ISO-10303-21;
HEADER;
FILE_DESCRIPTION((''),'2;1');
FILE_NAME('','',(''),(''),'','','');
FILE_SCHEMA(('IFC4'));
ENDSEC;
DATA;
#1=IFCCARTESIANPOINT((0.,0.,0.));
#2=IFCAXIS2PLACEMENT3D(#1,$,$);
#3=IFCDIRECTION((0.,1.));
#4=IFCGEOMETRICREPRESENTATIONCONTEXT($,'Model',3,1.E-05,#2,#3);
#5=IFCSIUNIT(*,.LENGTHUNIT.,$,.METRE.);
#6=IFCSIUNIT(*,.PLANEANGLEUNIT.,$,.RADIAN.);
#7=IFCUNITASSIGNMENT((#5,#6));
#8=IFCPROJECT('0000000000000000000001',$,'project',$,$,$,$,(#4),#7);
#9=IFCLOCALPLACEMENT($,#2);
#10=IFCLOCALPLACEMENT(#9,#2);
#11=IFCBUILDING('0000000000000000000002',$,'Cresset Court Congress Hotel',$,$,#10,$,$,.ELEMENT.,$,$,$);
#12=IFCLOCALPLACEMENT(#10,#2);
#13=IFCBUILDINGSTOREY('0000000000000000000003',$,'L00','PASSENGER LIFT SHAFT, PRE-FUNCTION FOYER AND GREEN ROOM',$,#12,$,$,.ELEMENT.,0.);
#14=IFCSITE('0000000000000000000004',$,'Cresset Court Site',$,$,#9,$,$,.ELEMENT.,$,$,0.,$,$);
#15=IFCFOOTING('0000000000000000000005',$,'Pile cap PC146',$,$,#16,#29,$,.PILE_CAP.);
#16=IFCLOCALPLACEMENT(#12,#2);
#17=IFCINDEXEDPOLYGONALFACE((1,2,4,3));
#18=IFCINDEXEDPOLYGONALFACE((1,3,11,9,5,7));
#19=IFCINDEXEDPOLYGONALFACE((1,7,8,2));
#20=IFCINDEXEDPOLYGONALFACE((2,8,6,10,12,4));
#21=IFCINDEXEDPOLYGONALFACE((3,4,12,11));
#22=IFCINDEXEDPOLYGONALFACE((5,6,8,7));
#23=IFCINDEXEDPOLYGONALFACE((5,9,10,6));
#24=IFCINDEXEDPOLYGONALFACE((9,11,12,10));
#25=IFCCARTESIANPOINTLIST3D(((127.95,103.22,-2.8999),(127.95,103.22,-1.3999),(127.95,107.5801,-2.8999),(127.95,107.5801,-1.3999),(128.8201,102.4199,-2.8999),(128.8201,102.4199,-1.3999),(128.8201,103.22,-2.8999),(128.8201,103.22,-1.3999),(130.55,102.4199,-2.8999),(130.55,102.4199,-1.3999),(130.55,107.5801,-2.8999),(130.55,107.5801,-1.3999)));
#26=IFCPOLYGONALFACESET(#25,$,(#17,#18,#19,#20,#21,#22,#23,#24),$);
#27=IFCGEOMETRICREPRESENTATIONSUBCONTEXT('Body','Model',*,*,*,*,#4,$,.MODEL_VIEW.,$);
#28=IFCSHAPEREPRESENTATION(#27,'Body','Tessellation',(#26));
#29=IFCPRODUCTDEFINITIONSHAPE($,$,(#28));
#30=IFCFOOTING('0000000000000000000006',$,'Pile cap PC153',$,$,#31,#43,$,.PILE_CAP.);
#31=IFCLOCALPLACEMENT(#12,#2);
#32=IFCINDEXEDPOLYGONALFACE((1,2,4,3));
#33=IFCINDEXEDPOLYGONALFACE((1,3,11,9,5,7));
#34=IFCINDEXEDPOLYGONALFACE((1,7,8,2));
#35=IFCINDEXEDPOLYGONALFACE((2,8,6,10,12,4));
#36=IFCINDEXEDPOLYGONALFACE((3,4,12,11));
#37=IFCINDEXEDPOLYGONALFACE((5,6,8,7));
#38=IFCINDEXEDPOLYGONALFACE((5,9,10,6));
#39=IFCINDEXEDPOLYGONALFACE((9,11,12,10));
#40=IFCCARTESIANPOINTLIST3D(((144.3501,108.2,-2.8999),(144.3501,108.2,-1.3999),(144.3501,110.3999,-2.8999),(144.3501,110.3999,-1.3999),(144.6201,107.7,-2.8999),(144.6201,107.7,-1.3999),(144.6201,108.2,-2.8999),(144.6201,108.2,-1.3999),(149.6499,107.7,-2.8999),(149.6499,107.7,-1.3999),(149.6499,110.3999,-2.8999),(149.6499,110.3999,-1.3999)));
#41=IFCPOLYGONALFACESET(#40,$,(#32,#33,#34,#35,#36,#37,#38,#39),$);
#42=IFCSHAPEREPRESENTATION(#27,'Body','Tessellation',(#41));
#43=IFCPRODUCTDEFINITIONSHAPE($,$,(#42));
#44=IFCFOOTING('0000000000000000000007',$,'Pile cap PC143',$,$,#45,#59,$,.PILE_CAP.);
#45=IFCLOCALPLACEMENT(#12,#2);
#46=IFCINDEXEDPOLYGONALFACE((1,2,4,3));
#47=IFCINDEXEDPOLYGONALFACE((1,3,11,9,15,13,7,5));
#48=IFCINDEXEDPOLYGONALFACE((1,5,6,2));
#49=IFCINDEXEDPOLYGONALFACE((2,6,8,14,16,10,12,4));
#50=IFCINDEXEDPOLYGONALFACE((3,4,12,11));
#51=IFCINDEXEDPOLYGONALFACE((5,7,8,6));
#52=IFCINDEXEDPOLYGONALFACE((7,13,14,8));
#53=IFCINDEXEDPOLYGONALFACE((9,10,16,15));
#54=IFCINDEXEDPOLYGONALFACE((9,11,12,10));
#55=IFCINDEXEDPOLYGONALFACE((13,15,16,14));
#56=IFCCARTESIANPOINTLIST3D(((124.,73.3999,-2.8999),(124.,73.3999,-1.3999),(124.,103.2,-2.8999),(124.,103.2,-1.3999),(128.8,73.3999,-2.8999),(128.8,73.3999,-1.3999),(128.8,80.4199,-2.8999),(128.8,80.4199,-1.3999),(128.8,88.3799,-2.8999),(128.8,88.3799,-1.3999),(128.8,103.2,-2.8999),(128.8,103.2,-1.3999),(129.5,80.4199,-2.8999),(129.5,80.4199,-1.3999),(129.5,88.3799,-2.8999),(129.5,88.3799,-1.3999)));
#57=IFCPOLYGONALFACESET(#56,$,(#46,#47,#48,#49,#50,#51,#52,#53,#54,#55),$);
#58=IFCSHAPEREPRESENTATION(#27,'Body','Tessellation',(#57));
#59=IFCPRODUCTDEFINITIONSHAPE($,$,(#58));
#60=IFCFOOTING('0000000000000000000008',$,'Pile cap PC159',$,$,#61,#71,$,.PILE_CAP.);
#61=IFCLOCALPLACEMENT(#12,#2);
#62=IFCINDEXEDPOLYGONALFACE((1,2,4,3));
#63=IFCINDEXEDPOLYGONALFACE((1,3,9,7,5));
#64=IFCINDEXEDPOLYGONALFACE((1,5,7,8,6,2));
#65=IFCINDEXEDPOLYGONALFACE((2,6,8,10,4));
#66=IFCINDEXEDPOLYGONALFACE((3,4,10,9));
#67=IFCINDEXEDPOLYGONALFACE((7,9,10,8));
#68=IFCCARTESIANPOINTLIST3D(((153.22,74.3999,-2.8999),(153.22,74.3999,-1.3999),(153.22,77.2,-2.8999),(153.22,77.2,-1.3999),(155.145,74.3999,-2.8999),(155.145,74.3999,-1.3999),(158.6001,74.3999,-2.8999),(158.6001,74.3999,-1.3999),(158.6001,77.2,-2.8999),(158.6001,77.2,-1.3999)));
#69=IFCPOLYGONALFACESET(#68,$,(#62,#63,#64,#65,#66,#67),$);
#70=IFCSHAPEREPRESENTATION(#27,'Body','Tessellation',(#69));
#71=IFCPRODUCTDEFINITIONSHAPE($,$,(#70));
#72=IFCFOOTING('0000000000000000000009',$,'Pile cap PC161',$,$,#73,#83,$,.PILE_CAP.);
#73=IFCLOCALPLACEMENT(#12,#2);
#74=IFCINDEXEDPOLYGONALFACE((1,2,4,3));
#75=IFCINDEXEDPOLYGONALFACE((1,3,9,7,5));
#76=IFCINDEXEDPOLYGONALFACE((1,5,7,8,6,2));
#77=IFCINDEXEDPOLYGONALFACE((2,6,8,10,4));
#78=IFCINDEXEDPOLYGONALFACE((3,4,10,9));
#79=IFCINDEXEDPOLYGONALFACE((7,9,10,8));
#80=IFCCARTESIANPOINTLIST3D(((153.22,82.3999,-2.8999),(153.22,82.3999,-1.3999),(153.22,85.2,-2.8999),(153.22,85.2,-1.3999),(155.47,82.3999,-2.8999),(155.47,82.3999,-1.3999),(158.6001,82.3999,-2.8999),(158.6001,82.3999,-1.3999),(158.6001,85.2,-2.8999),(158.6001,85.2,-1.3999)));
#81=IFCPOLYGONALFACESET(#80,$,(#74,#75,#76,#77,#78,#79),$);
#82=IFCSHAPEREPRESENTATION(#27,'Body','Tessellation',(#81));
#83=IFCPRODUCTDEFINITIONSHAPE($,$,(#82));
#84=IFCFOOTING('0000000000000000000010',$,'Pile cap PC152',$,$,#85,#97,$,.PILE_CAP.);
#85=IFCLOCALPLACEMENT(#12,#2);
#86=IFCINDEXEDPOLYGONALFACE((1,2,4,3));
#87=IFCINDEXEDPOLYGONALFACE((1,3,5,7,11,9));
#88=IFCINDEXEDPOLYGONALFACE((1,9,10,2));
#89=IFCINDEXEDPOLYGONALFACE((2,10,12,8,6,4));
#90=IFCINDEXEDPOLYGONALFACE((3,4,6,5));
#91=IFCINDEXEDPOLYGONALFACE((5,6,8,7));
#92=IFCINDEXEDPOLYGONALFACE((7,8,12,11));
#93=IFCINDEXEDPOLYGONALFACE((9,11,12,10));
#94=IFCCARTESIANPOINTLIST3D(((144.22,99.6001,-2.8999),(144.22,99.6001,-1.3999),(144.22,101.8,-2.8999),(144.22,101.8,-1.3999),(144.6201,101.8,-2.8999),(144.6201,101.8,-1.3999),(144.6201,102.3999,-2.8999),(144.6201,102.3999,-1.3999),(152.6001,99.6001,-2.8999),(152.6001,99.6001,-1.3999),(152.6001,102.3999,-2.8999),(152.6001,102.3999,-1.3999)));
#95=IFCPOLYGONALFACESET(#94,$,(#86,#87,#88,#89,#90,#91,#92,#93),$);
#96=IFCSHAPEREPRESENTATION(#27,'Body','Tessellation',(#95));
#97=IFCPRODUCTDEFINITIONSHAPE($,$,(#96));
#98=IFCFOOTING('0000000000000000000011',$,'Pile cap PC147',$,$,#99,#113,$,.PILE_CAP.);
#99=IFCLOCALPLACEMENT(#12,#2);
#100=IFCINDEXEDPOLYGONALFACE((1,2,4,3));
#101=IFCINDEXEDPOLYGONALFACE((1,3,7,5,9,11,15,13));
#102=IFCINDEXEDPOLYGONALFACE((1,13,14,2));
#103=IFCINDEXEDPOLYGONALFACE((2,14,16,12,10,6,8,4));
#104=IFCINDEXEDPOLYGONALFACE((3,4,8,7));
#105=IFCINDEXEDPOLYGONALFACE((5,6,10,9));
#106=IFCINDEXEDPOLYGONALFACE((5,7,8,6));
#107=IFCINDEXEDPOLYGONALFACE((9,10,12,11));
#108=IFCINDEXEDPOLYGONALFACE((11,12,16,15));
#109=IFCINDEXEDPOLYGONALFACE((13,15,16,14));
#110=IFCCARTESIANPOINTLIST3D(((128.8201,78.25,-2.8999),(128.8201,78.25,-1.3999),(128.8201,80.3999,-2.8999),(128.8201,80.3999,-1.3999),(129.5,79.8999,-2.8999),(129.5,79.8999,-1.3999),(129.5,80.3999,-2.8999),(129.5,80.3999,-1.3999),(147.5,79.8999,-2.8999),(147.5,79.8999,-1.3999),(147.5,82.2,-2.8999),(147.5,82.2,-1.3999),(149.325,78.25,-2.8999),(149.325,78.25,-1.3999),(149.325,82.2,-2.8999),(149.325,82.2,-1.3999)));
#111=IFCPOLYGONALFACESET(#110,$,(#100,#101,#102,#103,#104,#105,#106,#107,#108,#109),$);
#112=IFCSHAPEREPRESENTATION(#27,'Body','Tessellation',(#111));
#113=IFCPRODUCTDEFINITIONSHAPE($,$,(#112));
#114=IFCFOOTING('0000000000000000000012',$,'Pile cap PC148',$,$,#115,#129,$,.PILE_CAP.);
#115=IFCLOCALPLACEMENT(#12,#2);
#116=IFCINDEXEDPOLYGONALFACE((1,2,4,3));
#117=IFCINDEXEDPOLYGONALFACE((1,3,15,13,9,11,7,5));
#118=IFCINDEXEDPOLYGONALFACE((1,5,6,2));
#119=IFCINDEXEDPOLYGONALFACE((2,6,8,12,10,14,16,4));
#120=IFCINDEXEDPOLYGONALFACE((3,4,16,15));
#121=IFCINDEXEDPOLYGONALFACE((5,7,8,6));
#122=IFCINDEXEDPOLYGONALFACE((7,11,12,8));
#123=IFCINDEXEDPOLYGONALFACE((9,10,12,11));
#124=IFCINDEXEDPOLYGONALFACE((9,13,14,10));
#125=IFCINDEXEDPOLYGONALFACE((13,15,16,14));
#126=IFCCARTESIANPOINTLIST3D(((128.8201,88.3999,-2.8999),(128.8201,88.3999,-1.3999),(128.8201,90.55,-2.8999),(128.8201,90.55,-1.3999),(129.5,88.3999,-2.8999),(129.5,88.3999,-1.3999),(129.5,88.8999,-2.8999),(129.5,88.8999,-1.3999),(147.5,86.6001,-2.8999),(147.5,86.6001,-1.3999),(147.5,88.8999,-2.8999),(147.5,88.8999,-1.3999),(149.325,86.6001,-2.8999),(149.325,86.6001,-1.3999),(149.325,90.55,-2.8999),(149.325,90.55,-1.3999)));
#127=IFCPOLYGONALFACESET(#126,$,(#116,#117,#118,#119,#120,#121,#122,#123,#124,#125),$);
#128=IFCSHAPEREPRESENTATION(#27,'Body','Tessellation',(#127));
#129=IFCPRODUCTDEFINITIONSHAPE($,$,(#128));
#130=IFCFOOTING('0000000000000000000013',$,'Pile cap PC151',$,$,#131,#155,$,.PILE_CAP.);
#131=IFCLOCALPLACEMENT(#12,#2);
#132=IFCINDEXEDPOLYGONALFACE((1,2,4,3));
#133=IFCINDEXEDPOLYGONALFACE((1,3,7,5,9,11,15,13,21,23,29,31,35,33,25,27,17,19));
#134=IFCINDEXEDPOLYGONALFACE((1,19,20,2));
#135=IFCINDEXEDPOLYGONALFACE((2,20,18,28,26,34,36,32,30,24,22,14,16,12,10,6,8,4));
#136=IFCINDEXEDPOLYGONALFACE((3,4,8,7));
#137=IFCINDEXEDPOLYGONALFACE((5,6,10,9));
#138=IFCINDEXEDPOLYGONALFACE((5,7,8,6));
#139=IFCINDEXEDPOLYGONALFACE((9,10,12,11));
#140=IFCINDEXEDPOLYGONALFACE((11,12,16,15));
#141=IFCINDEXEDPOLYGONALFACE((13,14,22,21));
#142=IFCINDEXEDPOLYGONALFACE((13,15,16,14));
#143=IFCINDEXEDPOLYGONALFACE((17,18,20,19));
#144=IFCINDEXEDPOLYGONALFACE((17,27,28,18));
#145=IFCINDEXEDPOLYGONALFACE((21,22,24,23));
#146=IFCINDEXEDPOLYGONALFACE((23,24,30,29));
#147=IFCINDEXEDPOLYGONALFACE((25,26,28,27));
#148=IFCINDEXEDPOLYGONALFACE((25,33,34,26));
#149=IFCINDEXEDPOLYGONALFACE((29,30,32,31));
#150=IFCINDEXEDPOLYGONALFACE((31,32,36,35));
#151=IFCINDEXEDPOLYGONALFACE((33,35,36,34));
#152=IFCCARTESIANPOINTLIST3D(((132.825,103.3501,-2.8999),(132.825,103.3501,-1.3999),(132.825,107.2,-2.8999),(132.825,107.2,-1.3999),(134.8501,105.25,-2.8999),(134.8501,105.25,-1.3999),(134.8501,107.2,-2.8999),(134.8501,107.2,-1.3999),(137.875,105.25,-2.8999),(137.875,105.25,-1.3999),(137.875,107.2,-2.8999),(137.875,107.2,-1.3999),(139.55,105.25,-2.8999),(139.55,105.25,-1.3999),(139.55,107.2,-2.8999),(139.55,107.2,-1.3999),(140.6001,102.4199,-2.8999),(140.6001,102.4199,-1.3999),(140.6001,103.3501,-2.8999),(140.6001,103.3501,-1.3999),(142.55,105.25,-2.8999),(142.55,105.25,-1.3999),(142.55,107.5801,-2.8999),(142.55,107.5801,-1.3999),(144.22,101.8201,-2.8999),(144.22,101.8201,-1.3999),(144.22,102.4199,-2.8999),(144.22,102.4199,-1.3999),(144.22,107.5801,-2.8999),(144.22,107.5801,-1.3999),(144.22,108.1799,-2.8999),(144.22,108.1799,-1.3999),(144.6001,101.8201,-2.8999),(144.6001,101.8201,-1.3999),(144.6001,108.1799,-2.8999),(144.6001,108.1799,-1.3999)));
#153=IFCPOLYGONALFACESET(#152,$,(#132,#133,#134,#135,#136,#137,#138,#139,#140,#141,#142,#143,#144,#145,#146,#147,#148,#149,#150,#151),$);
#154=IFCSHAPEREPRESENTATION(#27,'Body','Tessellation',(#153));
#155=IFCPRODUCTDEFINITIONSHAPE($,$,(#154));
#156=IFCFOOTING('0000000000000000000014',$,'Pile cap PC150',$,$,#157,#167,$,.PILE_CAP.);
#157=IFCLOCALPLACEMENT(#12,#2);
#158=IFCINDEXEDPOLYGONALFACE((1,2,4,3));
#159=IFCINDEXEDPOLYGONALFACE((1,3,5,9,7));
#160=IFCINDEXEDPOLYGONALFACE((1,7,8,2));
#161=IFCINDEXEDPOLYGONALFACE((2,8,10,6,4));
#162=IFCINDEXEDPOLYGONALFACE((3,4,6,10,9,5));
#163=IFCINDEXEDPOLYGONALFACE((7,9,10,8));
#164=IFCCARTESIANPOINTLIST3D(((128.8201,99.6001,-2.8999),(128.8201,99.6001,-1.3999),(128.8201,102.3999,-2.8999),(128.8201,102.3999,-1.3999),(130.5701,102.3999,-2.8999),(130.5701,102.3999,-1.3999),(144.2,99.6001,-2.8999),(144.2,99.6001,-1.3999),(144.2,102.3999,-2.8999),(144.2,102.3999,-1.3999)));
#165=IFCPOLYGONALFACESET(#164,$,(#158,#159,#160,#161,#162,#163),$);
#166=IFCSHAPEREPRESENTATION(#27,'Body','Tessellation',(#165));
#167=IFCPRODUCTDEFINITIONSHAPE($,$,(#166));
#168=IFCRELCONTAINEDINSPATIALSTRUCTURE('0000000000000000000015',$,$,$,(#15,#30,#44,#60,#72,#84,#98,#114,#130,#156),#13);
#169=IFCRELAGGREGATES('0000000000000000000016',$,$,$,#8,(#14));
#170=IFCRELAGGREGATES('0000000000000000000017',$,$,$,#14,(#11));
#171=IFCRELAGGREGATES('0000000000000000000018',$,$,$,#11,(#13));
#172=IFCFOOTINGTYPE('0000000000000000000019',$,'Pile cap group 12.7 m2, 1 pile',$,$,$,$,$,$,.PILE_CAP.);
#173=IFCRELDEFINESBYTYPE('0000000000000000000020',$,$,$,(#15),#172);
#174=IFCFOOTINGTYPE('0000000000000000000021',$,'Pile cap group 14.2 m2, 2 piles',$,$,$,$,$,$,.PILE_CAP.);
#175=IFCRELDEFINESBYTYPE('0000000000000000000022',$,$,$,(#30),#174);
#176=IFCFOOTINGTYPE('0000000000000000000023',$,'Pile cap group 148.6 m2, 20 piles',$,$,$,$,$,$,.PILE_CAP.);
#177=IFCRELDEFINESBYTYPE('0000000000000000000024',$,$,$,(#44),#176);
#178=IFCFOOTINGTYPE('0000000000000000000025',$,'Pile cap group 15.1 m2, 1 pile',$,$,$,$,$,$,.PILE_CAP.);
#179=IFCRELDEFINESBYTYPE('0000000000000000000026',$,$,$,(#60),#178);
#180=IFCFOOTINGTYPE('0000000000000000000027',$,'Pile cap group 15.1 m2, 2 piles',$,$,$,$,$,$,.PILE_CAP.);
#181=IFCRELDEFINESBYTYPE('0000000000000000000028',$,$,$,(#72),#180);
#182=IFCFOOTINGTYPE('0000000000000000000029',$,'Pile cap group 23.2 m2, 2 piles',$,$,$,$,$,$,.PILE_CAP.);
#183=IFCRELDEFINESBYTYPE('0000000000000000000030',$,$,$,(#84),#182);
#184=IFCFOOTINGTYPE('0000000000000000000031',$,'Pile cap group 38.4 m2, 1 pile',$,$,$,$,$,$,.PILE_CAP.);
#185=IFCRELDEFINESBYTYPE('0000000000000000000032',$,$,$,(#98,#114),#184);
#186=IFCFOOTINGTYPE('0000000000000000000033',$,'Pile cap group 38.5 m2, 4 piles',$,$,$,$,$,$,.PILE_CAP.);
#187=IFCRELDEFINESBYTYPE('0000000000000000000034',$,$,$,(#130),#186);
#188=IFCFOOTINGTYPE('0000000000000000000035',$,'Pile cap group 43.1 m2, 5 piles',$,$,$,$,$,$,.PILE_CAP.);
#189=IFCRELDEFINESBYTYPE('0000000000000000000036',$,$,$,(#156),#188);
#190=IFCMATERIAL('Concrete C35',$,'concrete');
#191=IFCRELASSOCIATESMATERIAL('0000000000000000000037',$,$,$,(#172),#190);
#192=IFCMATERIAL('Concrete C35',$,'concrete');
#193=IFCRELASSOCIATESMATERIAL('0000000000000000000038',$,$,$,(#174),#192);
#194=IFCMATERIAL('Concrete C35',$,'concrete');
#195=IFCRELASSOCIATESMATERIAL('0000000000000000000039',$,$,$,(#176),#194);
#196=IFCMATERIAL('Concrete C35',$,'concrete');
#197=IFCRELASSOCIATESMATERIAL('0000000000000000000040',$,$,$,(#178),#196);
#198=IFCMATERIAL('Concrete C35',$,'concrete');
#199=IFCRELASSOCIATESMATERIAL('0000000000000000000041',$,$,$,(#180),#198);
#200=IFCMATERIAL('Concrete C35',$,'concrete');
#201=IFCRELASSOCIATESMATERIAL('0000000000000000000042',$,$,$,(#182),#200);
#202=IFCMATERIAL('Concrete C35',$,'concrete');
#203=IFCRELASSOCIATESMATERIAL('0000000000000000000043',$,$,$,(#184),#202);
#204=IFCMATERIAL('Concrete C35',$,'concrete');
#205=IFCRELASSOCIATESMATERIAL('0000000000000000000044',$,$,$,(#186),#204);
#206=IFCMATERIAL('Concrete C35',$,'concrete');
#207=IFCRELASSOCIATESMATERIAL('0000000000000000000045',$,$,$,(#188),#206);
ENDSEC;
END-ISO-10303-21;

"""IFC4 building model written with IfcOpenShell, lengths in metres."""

from ifc_helpers import new_model, si_unit, direction, frame, origin, place, context, subcontext, project, spatial, polyline, outline, extrude, material, type_object, element, save


model = new_model("IFC4")

# Units and contexts
model_context = context("Model", 3, precision=1e-05, world=origin(), true_north=direction((0.0, 1.0)))
body_context = subcontext(model_context, "Body", "Model", "MODEL_VIEW")
ifc_project = project(units=[si_unit("LENGTHUNIT", "METRE"), si_unit("PLANEANGLEUNIT", "RADIAN")], contexts=[model_context])

# Site, building, storey
site_placement = place(None, origin())
site = spatial("IfcSite", under=ifc_project, at=site_placement, Name="Cresset Court Site", CompositionType="ELEMENT", RefElevation=0.0)
building_placement = place(site_placement, origin())
building = spatial("IfcBuilding", under=site, at=building_placement, Name="Cresset Court Congress Hotel", CompositionType="ELEMENT")
storey_placement = place(building_placement, origin())
storey = spatial("IfcBuildingStorey", under=building, at=storey_placement, Name="L00", Description="PASSENGER LIFT SHAFT, PRE-FUNCTION FOYER AND GREEN ROOM", CompositionType="ELEMENT", Elevation=0.0)

# Footings
ifc_material_1 = material(Name="Concrete C35", Category="concrete")
footing_type_1 = type_object("IfcFootingType", Name="Pile cap group 12.7 m2, 1 pile", PredefinedType="PILE_CAP", material=ifc_material_1)
footing_1_placement = place(storey_placement, frame((0.0, 0.0, -2.8999)))
element("IfcFooting", 1, at=footing_1_placement, inside=storey, type_object=footing_type_1, Name="Pile cap PC146", PredefinedType="PILE_CAP", context=body_context, shape_type="SweptSolid", body=[
    extrude(outline(polyline([(127.95, 103.22), (127.95, 107.5801), (130.55, 107.5801), (130.55, 102.4199), (128.8201, 102.4199), (128.8201, 103.22), (127.95, 103.22)])), origin(), (0.0, 0.0, 1.0), 1.5),
])
ifc_material_2 = material(Name="Concrete C35", Category="concrete")
footing_type_2 = type_object("IfcFootingType", Name="Pile cap group 14.2 m2, 2 piles", PredefinedType="PILE_CAP", material=ifc_material_2)
footing_2_placement = place(storey_placement, frame((0.0, 0.0, -2.8999)))
element("IfcFooting", 2, at=footing_2_placement, inside=storey, type_object=footing_type_2, Name="Pile cap PC153", PredefinedType="PILE_CAP", context=body_context, shape_type="SweptSolid", body=[
    extrude(outline(polyline([(149.6499, 107.7), (144.6201, 107.7), (144.6201, 108.2), (144.3501, 108.2), (144.3501, 110.3999), (149.6499, 110.3999), (149.6499, 107.7)])), origin(), (0.0, 0.0, 1.0), 1.5),
])
ifc_material_3 = material(Name="Concrete C35", Category="concrete")
footing_type_3 = type_object("IfcFootingType", Name="Pile cap group 148.6 m2, 20 piles", PredefinedType="PILE_CAP", material=ifc_material_3)
footing_3_placement = place(storey_placement, frame((0.0, 0.0, -2.8999)))
element("IfcFooting", 3, at=footing_3_placement, inside=storey, type_object=footing_type_3, Name="Pile cap PC143", PredefinedType="PILE_CAP", context=body_context, shape_type="SweptSolid", body=[
    extrude(outline(polyline([(129.5, 80.4199), (128.8, 80.4199), (128.8, 73.3999), (124.0, 73.3999), (124.0, 103.2), (128.8, 103.2), (128.8, 88.3799), (129.5, 88.3799), (129.5, 80.4199)])), origin(), (0.0, 0.0, 1.0), 1.5),
])
ifc_material_4 = material(Name="Concrete C35", Category="concrete")
footing_type_4 = type_object("IfcFootingType", Name="Pile cap group 15.1 m2, 1 pile", PredefinedType="PILE_CAP", material=ifc_material_4)
footing_4_placement = place(storey_placement, frame((0.0, 0.0, -2.8999)))
element("IfcFooting", 4, at=footing_4_placement, inside=storey, type_object=footing_type_4, Name="Pile cap PC159", PredefinedType="PILE_CAP", context=body_context, shape_type="SweptSolid", body=[
    extrude(outline(polyline([(153.22, 77.2), (158.6001, 77.2), (158.6001, 74.3999), (155.145, 74.3999), (153.22, 74.3999), (153.22, 77.2)])), origin(), (0.0, 0.0, 1.0), 1.5),
])
ifc_material_5 = material(Name="Concrete C35", Category="concrete")
footing_type_5 = type_object("IfcFootingType", Name="Pile cap group 15.1 m2, 2 piles", PredefinedType="PILE_CAP", material=ifc_material_5)
footing_5_placement = place(storey_placement, frame((0.0, 0.0, -2.8999)))
element("IfcFooting", 5, at=footing_5_placement, inside=storey, type_object=footing_type_5, Name="Pile cap PC161", PredefinedType="PILE_CAP", context=body_context, shape_type="SweptSolid", body=[
    extrude(outline(polyline([(153.22, 85.2), (158.6001, 85.2), (158.6001, 82.3999), (155.47, 82.3999), (153.22, 82.3999), (153.22, 85.2)])), origin(), (0.0, 0.0, 1.0), 1.5),
])
ifc_material_6 = material(Name="Concrete C35", Category="concrete")
footing_type_6 = type_object("IfcFootingType", Name="Pile cap group 23.2 m2, 2 piles", PredefinedType="PILE_CAP", material=ifc_material_6)
footing_6_placement = place(storey_placement, frame((0.0, 0.0, -2.8999)))
element("IfcFooting", 6, at=footing_6_placement, inside=storey, type_object=footing_type_6, Name="Pile cap PC152", PredefinedType="PILE_CAP", context=body_context, shape_type="SweptSolid", body=[
    extrude(outline(polyline([(144.22, 101.8), (144.6201, 101.8), (144.6201, 102.3999), (152.6001, 102.3999), (152.6001, 99.6001), (144.22, 99.6001), (144.22, 101.8)])), origin(), (0.0, 0.0, 1.0), 1.5),
])
ifc_material_7 = material(Name="Concrete C35", Category="concrete")
footing_type_7 = type_object("IfcFootingType", Name="Pile cap group 38.4 m2, 1 pile", PredefinedType="PILE_CAP", material=ifc_material_7)
footing_7_placement = place(storey_placement, frame((0.0, 0.0, -2.8999)))
element("IfcFooting", 7, at=footing_7_placement, inside=storey, type_object=footing_type_7, Name="Pile cap PC147", PredefinedType="PILE_CAP", context=body_context, shape_type="SweptSolid", body=[
    extrude(outline(polyline([(129.5, 79.8999), (147.5, 79.8999), (147.5, 82.2), (149.325, 82.2), (149.325, 78.25), (128.8201, 78.25), (128.8201, 80.3999), (129.5, 80.3999), (129.5, 79.8999)])), origin(), (0.0, 0.0, 1.0), 1.5),
])
footing_8_placement = place(storey_placement, frame((0.0, 0.0, -2.8999)))
element("IfcFooting", 8, at=footing_8_placement, inside=storey, type_object=footing_type_7, Name="Pile cap PC148", PredefinedType="PILE_CAP", context=body_context, shape_type="SweptSolid", body=[
    extrude(outline(polyline([(149.325, 90.55), (149.325, 86.6001), (147.5, 86.6001), (147.5, 88.8999), (129.5, 88.8999), (129.5, 88.3999), (128.8201, 88.3999), (128.8201, 90.55), (149.325, 90.55)])), origin(), (0.0, 0.0, 1.0), 1.5),
])
ifc_material_8 = material(Name="Concrete C35", Category="concrete")
footing_type_8 = type_object("IfcFootingType", Name="Pile cap group 38.5 m2, 4 piles", PredefinedType="PILE_CAP", material=ifc_material_8)
footing_9_placement = place(storey_placement, frame((0.0, 0.0, -2.8999)))
element("IfcFooting", 9, at=footing_9_placement, inside=storey, type_object=footing_type_8, Name="Pile cap PC151", PredefinedType="PILE_CAP", context=body_context, shape_type="SweptSolid", body=[
    extrude(outline(polyline([(144.22, 107.5801), (144.22, 108.1799), (144.6001, 108.1799), (144.6001, 101.8201), (144.22, 101.8201), (144.22, 102.4199), (140.6001, 102.4199), (140.6001, 103.3501), (132.825, 103.3501), (132.825, 107.2), (134.8501, 107.2), (134.8501, 105.25), (137.875, 105.25), (137.875, 107.2), (139.55, 107.2), (139.55, 105.25), (142.55, 105.25), (142.55, 107.5801), (144.22, 107.5801)])), origin(), (0.0, 0.0, 1.0), 1.5),
])
ifc_material_9 = material(Name="Concrete C35", Category="concrete")
footing_type_9 = type_object("IfcFootingType", Name="Pile cap group 43.1 m2, 5 piles", PredefinedType="PILE_CAP", material=ifc_material_9)
footing_10_placement = place(storey_placement, frame((0.0, 0.0, -2.8999)))
element("IfcFooting", 10, at=footing_10_placement, inside=storey, type_object=footing_type_9, Name="Pile cap PC150", PredefinedType="PILE_CAP", context=body_context, shape_type="SweptSolid", body=[
    extrude(outline(polyline([(128.8201, 102.3999), (130.5701, 102.3999), (144.2, 102.3999), (144.2, 99.6001), (128.8201, 99.6001), (128.8201, 102.3999)])), origin(), (0.0, 0.0, 1.0), 1.5),
])

save(model, "model.ifc")
